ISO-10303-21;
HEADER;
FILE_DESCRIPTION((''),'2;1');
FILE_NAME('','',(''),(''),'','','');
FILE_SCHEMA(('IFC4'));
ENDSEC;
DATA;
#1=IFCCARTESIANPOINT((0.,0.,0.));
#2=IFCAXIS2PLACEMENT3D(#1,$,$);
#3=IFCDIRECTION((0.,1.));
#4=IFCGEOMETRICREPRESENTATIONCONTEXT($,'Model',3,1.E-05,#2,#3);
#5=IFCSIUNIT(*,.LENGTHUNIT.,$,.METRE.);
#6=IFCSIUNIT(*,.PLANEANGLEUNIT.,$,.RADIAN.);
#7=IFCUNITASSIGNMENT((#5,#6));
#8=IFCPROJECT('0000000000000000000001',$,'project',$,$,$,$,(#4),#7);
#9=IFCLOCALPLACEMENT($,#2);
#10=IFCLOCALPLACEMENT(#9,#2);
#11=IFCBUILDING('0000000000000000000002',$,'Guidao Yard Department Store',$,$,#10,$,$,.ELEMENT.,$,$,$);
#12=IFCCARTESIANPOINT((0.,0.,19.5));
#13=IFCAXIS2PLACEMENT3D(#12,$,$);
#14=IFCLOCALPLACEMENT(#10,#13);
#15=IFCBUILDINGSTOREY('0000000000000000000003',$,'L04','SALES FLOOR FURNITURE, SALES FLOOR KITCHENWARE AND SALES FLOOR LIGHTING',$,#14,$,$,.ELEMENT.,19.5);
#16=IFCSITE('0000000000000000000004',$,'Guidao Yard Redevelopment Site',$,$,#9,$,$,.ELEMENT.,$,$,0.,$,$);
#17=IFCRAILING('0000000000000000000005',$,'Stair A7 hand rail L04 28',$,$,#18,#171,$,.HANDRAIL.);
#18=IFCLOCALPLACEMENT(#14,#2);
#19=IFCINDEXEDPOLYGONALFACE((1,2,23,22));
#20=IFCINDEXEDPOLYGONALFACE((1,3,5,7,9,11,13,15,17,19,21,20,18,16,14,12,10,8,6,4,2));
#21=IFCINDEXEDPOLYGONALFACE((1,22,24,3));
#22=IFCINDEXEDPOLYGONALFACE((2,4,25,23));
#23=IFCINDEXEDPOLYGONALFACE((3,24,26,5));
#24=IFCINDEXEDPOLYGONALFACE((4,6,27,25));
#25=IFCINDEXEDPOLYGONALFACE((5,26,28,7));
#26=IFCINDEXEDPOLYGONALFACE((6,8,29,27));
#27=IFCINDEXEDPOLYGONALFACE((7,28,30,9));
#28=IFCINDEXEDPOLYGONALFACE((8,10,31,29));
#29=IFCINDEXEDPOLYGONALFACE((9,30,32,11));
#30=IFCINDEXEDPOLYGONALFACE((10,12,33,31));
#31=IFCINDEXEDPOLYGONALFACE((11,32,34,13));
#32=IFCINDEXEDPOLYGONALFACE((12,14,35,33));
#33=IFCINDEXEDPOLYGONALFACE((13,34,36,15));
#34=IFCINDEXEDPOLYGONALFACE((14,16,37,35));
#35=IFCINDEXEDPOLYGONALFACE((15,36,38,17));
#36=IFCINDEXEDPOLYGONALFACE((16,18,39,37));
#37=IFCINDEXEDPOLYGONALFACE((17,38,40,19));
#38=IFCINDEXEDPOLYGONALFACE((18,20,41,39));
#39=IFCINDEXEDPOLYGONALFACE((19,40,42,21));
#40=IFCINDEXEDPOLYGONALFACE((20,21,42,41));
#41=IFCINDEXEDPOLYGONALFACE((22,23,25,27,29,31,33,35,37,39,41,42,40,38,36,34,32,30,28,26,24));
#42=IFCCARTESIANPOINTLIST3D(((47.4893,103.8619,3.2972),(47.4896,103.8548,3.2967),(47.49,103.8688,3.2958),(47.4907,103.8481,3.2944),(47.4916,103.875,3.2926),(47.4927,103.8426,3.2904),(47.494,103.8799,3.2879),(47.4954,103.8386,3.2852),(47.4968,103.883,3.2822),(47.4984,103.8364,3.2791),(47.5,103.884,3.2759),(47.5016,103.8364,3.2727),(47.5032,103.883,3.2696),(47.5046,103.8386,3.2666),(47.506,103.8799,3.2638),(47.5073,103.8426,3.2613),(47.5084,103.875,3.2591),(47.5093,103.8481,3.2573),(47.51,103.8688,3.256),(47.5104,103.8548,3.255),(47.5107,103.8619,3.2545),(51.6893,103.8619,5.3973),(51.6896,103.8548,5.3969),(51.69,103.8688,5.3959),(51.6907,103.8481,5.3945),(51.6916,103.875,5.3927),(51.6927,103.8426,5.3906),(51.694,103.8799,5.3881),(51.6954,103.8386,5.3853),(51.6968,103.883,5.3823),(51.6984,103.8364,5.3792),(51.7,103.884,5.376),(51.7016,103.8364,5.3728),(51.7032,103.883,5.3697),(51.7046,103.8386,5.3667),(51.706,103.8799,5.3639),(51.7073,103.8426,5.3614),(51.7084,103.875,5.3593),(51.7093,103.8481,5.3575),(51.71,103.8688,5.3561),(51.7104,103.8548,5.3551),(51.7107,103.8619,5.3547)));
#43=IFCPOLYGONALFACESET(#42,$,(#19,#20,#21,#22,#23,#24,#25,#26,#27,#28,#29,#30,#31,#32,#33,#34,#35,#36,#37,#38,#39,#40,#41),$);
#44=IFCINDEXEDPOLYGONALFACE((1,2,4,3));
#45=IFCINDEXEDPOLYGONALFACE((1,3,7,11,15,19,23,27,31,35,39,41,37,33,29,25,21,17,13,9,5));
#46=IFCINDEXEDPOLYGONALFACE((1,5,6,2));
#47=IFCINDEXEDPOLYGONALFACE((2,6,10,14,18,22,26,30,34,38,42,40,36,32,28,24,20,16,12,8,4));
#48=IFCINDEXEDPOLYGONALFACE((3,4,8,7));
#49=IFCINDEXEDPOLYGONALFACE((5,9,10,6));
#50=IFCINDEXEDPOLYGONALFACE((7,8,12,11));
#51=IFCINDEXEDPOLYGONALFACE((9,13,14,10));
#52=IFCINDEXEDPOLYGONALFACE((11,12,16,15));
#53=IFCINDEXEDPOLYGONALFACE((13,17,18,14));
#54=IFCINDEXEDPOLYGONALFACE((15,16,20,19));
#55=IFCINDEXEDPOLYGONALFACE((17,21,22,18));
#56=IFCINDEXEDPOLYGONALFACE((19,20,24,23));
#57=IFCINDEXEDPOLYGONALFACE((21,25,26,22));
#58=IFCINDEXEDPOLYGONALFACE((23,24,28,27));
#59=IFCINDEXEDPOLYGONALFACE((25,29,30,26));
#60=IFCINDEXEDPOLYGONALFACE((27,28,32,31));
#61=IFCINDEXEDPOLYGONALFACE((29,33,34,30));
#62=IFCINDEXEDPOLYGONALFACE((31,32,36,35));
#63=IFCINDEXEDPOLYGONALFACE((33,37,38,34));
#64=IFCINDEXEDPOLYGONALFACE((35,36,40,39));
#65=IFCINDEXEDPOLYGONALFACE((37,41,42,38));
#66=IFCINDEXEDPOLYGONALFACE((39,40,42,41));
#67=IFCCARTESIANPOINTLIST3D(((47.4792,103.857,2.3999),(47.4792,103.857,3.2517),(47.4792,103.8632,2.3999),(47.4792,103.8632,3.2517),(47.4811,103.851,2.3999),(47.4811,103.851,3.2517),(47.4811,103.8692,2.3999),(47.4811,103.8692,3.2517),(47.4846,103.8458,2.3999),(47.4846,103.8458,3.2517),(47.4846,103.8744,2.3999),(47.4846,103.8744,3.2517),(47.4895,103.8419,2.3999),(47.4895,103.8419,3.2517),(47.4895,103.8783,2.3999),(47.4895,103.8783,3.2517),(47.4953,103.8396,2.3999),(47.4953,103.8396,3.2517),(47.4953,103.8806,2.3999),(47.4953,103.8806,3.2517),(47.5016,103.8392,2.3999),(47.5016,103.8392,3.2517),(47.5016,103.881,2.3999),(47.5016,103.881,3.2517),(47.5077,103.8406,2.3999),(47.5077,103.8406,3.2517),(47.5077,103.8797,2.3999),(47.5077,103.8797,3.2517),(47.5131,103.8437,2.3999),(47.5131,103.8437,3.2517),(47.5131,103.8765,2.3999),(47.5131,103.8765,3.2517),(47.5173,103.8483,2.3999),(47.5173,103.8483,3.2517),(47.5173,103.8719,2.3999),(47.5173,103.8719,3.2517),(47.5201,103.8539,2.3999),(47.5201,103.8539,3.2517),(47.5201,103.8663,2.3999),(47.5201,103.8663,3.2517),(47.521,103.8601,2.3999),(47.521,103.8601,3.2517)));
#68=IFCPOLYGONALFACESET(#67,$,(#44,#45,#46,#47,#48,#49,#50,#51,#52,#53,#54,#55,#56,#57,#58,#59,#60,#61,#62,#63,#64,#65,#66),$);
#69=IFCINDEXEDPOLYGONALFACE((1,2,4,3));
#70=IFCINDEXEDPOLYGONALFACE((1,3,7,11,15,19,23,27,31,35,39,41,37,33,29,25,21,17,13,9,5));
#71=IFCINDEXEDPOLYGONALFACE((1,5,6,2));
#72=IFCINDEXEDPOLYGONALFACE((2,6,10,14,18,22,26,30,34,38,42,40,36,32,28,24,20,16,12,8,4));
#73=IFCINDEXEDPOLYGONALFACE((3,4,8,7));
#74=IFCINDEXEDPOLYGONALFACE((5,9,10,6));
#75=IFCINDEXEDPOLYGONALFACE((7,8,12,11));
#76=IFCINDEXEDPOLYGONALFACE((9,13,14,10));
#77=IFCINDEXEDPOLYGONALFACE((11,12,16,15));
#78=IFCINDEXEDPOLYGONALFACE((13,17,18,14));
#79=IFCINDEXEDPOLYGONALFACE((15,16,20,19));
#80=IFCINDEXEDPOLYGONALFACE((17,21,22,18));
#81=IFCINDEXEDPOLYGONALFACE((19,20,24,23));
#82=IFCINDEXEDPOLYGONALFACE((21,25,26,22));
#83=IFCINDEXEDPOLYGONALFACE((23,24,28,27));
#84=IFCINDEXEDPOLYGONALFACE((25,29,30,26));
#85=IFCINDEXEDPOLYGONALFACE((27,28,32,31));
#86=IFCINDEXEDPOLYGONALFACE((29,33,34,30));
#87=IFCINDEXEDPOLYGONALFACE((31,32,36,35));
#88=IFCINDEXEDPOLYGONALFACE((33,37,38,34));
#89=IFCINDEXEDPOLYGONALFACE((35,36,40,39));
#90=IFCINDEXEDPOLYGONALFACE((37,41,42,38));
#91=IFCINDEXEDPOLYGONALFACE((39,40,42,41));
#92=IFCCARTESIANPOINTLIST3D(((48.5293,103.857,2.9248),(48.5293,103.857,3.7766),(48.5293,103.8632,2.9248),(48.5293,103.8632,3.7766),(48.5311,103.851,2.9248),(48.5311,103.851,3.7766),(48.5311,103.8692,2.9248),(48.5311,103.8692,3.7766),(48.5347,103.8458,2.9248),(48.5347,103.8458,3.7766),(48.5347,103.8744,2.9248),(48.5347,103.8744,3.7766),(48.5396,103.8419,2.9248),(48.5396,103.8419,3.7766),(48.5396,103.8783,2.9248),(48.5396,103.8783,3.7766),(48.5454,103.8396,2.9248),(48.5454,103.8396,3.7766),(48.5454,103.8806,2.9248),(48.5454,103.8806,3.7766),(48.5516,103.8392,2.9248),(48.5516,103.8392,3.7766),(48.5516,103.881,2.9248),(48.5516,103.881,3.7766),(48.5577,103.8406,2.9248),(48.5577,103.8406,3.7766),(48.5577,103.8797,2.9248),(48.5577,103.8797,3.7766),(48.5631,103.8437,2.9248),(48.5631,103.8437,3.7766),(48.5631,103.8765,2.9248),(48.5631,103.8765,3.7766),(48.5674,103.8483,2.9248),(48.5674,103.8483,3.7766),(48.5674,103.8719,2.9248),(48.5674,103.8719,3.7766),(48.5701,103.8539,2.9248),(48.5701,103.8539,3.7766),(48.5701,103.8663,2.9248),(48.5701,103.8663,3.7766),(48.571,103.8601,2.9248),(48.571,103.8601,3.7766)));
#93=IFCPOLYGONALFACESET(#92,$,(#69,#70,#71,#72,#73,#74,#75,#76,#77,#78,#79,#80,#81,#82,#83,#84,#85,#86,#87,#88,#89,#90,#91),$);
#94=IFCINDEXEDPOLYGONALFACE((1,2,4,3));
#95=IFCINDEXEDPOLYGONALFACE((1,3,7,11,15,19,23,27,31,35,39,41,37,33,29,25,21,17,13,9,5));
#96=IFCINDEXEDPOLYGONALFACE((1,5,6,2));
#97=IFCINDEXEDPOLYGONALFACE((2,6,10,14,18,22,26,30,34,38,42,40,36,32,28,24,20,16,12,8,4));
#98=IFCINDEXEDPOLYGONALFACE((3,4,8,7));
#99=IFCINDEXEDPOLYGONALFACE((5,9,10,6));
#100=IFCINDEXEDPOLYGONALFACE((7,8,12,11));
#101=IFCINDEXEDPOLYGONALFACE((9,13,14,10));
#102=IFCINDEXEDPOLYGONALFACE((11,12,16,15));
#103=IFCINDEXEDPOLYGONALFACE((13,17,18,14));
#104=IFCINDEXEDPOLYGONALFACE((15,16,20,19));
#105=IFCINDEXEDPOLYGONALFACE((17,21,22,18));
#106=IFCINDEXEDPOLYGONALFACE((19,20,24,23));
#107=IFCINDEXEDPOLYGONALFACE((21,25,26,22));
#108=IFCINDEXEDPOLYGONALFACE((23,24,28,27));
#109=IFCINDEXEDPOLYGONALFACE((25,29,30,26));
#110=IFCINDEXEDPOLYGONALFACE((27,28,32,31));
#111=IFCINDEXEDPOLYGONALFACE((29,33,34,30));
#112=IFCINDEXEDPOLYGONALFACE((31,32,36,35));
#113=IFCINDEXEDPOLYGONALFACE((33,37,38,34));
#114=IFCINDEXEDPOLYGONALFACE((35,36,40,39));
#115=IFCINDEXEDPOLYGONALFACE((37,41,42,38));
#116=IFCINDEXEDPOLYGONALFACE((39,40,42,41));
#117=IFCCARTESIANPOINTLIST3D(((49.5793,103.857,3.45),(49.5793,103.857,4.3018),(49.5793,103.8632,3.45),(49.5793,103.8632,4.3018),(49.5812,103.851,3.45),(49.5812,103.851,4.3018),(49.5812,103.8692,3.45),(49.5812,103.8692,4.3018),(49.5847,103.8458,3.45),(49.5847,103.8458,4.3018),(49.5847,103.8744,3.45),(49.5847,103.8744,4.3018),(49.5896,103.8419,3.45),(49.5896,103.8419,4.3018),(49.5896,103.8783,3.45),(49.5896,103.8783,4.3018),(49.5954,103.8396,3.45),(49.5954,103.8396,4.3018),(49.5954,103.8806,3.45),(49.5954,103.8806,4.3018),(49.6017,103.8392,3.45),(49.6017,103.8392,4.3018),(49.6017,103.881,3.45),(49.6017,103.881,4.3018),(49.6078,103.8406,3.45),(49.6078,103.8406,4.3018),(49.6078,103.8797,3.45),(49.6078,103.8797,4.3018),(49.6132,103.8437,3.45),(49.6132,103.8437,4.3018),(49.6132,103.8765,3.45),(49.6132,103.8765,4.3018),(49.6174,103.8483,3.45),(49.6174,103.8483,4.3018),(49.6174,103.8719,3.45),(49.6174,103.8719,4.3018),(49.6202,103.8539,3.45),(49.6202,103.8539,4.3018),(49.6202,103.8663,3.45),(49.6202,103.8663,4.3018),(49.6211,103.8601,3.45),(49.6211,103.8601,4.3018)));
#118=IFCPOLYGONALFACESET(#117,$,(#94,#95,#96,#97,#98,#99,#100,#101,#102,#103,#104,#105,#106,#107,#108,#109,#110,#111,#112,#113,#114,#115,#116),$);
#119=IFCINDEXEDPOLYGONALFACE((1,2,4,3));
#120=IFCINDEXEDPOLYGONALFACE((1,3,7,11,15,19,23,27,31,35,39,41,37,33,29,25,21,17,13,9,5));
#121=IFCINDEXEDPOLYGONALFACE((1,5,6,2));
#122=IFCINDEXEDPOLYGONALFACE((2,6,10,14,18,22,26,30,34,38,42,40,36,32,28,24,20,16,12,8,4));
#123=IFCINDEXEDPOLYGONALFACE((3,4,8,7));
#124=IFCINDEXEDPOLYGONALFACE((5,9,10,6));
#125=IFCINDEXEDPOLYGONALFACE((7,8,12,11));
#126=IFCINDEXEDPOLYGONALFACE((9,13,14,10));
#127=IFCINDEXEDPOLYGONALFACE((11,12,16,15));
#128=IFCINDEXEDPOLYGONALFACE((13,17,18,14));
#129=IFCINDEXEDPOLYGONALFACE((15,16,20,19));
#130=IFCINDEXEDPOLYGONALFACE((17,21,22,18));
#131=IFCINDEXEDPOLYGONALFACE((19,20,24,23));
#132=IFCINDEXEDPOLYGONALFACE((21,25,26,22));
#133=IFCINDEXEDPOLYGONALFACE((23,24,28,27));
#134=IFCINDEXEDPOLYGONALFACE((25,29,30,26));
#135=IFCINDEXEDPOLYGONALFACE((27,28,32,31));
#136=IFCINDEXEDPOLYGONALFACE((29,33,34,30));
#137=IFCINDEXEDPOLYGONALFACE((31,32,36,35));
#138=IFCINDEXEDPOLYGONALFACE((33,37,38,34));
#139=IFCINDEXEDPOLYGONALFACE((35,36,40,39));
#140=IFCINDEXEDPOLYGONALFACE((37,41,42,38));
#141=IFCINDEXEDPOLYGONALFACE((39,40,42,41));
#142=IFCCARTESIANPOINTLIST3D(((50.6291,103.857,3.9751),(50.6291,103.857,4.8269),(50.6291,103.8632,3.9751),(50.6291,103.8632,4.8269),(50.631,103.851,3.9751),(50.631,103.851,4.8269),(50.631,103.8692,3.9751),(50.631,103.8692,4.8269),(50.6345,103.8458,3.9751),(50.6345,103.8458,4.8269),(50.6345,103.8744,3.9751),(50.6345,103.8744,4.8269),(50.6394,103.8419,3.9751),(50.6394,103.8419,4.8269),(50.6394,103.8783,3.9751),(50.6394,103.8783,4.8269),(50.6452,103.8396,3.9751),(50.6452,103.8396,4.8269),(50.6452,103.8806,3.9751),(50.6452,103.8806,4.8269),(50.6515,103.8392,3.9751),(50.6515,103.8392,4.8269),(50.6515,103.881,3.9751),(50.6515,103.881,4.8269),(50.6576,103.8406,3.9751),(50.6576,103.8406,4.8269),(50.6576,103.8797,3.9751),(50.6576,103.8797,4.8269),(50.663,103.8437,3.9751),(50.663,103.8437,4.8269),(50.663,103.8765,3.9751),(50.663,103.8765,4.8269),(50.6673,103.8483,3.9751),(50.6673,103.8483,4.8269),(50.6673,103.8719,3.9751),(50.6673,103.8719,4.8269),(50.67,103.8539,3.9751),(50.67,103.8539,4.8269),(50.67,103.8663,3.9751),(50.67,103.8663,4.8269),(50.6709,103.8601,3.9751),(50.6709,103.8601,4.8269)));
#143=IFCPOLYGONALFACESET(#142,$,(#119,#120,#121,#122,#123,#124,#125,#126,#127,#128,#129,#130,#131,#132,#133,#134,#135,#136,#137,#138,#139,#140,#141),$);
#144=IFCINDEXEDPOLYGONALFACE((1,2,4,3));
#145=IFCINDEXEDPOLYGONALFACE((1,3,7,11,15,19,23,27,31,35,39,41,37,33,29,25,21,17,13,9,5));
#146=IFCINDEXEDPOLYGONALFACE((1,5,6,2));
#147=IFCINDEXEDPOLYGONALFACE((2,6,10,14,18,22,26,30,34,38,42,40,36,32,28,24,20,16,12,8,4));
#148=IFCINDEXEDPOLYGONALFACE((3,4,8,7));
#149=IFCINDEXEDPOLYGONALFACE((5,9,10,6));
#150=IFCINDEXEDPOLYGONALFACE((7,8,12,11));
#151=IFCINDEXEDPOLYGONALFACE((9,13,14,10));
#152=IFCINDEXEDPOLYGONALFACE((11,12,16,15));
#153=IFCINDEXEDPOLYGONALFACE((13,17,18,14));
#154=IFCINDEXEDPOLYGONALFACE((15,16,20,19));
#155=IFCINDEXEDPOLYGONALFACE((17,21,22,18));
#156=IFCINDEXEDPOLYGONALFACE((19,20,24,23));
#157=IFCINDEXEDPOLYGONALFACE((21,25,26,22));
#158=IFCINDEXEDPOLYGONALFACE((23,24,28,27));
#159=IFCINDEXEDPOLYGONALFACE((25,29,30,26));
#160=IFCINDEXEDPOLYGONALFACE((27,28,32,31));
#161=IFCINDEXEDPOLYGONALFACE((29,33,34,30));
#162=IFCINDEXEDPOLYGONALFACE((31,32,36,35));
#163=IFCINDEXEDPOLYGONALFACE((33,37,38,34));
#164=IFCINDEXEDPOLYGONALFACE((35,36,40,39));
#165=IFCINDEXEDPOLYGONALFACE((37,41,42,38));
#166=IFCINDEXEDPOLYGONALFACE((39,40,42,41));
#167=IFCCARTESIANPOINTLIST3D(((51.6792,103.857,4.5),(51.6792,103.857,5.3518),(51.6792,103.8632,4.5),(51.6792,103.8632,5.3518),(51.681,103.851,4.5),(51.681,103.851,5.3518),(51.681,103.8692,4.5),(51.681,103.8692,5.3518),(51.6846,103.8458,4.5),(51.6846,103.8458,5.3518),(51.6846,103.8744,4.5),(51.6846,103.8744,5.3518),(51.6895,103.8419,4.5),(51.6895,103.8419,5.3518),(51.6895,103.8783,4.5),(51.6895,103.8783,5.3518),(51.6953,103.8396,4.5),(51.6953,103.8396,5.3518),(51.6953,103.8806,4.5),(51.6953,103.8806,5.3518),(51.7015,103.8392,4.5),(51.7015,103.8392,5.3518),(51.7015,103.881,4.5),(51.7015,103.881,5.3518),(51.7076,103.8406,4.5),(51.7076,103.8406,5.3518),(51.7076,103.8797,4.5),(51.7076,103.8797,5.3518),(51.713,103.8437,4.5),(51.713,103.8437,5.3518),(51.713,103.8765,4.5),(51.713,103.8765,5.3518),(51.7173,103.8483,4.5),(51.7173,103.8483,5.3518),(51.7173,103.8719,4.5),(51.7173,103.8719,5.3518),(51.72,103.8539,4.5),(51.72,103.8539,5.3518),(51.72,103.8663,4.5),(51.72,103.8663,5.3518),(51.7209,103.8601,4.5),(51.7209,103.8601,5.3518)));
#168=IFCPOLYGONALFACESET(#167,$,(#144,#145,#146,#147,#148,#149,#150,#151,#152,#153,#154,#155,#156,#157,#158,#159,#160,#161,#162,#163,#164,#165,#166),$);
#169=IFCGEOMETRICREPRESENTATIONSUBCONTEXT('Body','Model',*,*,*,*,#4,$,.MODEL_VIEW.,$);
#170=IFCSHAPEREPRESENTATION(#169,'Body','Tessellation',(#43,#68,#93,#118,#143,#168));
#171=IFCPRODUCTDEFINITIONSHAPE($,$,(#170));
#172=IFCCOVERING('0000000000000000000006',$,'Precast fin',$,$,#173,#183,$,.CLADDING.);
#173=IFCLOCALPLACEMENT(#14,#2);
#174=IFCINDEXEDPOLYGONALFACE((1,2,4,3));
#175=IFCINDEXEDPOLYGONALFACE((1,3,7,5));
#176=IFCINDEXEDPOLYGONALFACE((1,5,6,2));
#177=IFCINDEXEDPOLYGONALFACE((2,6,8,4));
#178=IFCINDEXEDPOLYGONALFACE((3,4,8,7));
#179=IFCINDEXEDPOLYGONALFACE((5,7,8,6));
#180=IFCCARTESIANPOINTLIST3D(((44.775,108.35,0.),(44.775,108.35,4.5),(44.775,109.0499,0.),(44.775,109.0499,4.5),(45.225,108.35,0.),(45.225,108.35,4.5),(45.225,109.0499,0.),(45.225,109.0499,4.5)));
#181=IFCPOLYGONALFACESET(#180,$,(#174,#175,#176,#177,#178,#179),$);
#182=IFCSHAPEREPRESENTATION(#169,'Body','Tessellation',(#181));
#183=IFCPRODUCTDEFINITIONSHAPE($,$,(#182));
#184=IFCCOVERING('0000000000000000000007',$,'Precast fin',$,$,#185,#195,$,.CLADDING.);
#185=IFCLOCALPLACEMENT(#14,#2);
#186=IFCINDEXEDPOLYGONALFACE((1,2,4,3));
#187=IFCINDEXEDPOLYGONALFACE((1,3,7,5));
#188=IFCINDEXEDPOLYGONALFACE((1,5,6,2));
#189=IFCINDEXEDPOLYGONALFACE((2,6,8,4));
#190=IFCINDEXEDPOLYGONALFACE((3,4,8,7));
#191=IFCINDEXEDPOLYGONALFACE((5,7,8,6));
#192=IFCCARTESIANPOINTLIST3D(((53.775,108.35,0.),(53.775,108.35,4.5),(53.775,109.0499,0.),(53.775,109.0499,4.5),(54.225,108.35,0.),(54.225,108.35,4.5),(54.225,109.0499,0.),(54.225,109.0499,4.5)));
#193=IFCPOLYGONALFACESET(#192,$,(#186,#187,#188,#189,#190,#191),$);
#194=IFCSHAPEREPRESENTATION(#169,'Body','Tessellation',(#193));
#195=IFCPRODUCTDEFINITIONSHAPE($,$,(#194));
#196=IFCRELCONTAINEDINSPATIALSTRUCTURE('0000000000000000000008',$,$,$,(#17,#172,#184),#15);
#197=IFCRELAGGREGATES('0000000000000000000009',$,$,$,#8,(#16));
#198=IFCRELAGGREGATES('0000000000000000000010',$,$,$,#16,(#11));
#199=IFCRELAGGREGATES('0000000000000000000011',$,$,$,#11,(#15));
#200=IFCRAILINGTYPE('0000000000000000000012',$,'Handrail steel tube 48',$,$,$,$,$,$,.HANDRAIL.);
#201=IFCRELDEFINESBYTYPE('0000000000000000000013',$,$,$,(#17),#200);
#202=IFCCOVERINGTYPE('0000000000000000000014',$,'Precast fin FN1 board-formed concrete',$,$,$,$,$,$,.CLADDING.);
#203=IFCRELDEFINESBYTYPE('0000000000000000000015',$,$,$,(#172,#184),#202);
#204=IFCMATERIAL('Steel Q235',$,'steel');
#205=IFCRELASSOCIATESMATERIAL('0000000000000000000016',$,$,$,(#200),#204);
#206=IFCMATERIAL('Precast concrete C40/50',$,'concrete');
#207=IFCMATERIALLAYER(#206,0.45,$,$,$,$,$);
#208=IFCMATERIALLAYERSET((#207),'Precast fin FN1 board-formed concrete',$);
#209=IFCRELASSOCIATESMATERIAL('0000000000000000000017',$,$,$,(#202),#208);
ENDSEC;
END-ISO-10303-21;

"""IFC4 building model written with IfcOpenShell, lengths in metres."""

from ifc_helpers import new_model, si_unit, direction, frame, origin, origin_2d, place, context, subcontext, project, spatial, rectangle, circle, extrude, material, layer, layer_set, type_object, element, save


model = new_model("IFC4")

# Units and contexts
model_context = context("Model", 3, precision=1e-05, world=origin(), true_north=direction((0.0, 1.0)))
body_context = subcontext(model_context, "Body", "Model", "MODEL_VIEW")
ifc_project = project(units=[si_unit("LENGTHUNIT", "METRE"), si_unit("PLANEANGLEUNIT", "RADIAN")], contexts=[model_context])

# Site, building, storey
site_placement = place(None, origin())
site = spatial("IfcSite", under=ifc_project, at=site_placement, Name="Guidao Yard Redevelopment Site", CompositionType="ELEMENT", RefElevation=0.0)
building_placement = place(site_placement, origin())
building = spatial("IfcBuilding", under=site, at=building_placement, Name="Guidao Yard Department Store", CompositionType="ELEMENT")
storey_placement = place(building_placement, frame((0.0, 0.0, 19.5)))
storey = spatial("IfcBuildingStorey", under=building, at=storey_placement, Name="L04", Description="SALES FLOOR FURNITURE, SALES FLOOR KITCHENWARE AND SALES FLOOR LIGHTING", CompositionType="ELEMENT", Elevation=19.5)

# Railing
ifc_material_1 = material(Name="Steel Q235", Category="steel")
railing_type_1 = type_object("IfcRailingType", Name="Handrail steel tube 48", PredefinedType="HANDRAIL", material=ifc_material_1)
for number, where, name in (
    (1, (47.5, 103.8601, 2.3999), "Stair A7 hand rail L04 28"),
):
    element("IfcRailing", number, at=place(storey_placement, frame(where)), inside=storey, type_object=railing_type_1, Name=name, PredefinedType="HANDRAIL", context=body_context, shape_type="SweptSolid", body=[
        extrude(circle(Radius=0.0239, at=origin_2d()), frame((0.0, 0.0, 0.876), z_axis=(0.894417, 0.0, 0.447234), x_axis=(0.0, 1.0, 0.0)), (0.0, 0.0, 1.0), 4.6958),
        extrude(circle(Radius=0.021, at=origin_2d()), origin(), (0.0, 0.0, 1.0), 0.8518),
        extrude(circle(Radius=0.021, at=origin_2d()), frame((1.05, 0.0, 0.5249)), (0.0, 0.0, 1.0), 0.8518),
        extrude(circle(Radius=0.021, at=origin_2d()), frame((2.1001, 0.0, 1.05)), (0.0, 0.0, 1.0), 0.8518),
        extrude(circle(Radius=0.021, at=origin_2d()), frame((3.1499, 0.0, 1.5752)), (0.0, 0.0, 1.0), 0.8518),
        extrude(circle(Radius=0.021, at=origin_2d()), frame((4.2, 0.0, 2.1001)), (0.0, 0.0, 1.0), 0.8518),
    ])

# Coverings
ifc_material_2 = material(Name="Precast concrete C40/50", Category="concrete")
ifc_layer_1 = layer(ifc_material_2, 0.45)
ifc_layer_set_1 = layer_set([ifc_layer_1], Name="Precast fin FN1 board-formed concrete")
covering_type = type_object("IfcCoveringType", Name="Precast fin FN1 board-formed concrete", PredefinedType="CLADDING", material=ifc_layer_set_1)
for number, where, z_axis, x_axis, name in (
    (2, (45.0, 108.7, 0.0), (0.0, 0.0, 1.0), (1.0, 0.0, 0.0), "Precast fin"),
    (3, (54.0, 108.7, 0.0), (0.0, 0.0, 1.0), (1.0, 0.0, 0.0), "Precast fin"),
):
    element("IfcCovering", number, at=place(storey_placement, frame(where, z_axis=z_axis, x_axis=x_axis)), inside=storey, type_object=covering_type, Name=name, PredefinedType="CLADDING", context=body_context, shape_type="SweptSolid", body=[
        extrude(rectangle(XDim=0.45, YDim=0.7, at=origin_2d()), origin(), (0.0, 0.0, 1.0), 4.5),
    ])

save(model, "model.ifc")
